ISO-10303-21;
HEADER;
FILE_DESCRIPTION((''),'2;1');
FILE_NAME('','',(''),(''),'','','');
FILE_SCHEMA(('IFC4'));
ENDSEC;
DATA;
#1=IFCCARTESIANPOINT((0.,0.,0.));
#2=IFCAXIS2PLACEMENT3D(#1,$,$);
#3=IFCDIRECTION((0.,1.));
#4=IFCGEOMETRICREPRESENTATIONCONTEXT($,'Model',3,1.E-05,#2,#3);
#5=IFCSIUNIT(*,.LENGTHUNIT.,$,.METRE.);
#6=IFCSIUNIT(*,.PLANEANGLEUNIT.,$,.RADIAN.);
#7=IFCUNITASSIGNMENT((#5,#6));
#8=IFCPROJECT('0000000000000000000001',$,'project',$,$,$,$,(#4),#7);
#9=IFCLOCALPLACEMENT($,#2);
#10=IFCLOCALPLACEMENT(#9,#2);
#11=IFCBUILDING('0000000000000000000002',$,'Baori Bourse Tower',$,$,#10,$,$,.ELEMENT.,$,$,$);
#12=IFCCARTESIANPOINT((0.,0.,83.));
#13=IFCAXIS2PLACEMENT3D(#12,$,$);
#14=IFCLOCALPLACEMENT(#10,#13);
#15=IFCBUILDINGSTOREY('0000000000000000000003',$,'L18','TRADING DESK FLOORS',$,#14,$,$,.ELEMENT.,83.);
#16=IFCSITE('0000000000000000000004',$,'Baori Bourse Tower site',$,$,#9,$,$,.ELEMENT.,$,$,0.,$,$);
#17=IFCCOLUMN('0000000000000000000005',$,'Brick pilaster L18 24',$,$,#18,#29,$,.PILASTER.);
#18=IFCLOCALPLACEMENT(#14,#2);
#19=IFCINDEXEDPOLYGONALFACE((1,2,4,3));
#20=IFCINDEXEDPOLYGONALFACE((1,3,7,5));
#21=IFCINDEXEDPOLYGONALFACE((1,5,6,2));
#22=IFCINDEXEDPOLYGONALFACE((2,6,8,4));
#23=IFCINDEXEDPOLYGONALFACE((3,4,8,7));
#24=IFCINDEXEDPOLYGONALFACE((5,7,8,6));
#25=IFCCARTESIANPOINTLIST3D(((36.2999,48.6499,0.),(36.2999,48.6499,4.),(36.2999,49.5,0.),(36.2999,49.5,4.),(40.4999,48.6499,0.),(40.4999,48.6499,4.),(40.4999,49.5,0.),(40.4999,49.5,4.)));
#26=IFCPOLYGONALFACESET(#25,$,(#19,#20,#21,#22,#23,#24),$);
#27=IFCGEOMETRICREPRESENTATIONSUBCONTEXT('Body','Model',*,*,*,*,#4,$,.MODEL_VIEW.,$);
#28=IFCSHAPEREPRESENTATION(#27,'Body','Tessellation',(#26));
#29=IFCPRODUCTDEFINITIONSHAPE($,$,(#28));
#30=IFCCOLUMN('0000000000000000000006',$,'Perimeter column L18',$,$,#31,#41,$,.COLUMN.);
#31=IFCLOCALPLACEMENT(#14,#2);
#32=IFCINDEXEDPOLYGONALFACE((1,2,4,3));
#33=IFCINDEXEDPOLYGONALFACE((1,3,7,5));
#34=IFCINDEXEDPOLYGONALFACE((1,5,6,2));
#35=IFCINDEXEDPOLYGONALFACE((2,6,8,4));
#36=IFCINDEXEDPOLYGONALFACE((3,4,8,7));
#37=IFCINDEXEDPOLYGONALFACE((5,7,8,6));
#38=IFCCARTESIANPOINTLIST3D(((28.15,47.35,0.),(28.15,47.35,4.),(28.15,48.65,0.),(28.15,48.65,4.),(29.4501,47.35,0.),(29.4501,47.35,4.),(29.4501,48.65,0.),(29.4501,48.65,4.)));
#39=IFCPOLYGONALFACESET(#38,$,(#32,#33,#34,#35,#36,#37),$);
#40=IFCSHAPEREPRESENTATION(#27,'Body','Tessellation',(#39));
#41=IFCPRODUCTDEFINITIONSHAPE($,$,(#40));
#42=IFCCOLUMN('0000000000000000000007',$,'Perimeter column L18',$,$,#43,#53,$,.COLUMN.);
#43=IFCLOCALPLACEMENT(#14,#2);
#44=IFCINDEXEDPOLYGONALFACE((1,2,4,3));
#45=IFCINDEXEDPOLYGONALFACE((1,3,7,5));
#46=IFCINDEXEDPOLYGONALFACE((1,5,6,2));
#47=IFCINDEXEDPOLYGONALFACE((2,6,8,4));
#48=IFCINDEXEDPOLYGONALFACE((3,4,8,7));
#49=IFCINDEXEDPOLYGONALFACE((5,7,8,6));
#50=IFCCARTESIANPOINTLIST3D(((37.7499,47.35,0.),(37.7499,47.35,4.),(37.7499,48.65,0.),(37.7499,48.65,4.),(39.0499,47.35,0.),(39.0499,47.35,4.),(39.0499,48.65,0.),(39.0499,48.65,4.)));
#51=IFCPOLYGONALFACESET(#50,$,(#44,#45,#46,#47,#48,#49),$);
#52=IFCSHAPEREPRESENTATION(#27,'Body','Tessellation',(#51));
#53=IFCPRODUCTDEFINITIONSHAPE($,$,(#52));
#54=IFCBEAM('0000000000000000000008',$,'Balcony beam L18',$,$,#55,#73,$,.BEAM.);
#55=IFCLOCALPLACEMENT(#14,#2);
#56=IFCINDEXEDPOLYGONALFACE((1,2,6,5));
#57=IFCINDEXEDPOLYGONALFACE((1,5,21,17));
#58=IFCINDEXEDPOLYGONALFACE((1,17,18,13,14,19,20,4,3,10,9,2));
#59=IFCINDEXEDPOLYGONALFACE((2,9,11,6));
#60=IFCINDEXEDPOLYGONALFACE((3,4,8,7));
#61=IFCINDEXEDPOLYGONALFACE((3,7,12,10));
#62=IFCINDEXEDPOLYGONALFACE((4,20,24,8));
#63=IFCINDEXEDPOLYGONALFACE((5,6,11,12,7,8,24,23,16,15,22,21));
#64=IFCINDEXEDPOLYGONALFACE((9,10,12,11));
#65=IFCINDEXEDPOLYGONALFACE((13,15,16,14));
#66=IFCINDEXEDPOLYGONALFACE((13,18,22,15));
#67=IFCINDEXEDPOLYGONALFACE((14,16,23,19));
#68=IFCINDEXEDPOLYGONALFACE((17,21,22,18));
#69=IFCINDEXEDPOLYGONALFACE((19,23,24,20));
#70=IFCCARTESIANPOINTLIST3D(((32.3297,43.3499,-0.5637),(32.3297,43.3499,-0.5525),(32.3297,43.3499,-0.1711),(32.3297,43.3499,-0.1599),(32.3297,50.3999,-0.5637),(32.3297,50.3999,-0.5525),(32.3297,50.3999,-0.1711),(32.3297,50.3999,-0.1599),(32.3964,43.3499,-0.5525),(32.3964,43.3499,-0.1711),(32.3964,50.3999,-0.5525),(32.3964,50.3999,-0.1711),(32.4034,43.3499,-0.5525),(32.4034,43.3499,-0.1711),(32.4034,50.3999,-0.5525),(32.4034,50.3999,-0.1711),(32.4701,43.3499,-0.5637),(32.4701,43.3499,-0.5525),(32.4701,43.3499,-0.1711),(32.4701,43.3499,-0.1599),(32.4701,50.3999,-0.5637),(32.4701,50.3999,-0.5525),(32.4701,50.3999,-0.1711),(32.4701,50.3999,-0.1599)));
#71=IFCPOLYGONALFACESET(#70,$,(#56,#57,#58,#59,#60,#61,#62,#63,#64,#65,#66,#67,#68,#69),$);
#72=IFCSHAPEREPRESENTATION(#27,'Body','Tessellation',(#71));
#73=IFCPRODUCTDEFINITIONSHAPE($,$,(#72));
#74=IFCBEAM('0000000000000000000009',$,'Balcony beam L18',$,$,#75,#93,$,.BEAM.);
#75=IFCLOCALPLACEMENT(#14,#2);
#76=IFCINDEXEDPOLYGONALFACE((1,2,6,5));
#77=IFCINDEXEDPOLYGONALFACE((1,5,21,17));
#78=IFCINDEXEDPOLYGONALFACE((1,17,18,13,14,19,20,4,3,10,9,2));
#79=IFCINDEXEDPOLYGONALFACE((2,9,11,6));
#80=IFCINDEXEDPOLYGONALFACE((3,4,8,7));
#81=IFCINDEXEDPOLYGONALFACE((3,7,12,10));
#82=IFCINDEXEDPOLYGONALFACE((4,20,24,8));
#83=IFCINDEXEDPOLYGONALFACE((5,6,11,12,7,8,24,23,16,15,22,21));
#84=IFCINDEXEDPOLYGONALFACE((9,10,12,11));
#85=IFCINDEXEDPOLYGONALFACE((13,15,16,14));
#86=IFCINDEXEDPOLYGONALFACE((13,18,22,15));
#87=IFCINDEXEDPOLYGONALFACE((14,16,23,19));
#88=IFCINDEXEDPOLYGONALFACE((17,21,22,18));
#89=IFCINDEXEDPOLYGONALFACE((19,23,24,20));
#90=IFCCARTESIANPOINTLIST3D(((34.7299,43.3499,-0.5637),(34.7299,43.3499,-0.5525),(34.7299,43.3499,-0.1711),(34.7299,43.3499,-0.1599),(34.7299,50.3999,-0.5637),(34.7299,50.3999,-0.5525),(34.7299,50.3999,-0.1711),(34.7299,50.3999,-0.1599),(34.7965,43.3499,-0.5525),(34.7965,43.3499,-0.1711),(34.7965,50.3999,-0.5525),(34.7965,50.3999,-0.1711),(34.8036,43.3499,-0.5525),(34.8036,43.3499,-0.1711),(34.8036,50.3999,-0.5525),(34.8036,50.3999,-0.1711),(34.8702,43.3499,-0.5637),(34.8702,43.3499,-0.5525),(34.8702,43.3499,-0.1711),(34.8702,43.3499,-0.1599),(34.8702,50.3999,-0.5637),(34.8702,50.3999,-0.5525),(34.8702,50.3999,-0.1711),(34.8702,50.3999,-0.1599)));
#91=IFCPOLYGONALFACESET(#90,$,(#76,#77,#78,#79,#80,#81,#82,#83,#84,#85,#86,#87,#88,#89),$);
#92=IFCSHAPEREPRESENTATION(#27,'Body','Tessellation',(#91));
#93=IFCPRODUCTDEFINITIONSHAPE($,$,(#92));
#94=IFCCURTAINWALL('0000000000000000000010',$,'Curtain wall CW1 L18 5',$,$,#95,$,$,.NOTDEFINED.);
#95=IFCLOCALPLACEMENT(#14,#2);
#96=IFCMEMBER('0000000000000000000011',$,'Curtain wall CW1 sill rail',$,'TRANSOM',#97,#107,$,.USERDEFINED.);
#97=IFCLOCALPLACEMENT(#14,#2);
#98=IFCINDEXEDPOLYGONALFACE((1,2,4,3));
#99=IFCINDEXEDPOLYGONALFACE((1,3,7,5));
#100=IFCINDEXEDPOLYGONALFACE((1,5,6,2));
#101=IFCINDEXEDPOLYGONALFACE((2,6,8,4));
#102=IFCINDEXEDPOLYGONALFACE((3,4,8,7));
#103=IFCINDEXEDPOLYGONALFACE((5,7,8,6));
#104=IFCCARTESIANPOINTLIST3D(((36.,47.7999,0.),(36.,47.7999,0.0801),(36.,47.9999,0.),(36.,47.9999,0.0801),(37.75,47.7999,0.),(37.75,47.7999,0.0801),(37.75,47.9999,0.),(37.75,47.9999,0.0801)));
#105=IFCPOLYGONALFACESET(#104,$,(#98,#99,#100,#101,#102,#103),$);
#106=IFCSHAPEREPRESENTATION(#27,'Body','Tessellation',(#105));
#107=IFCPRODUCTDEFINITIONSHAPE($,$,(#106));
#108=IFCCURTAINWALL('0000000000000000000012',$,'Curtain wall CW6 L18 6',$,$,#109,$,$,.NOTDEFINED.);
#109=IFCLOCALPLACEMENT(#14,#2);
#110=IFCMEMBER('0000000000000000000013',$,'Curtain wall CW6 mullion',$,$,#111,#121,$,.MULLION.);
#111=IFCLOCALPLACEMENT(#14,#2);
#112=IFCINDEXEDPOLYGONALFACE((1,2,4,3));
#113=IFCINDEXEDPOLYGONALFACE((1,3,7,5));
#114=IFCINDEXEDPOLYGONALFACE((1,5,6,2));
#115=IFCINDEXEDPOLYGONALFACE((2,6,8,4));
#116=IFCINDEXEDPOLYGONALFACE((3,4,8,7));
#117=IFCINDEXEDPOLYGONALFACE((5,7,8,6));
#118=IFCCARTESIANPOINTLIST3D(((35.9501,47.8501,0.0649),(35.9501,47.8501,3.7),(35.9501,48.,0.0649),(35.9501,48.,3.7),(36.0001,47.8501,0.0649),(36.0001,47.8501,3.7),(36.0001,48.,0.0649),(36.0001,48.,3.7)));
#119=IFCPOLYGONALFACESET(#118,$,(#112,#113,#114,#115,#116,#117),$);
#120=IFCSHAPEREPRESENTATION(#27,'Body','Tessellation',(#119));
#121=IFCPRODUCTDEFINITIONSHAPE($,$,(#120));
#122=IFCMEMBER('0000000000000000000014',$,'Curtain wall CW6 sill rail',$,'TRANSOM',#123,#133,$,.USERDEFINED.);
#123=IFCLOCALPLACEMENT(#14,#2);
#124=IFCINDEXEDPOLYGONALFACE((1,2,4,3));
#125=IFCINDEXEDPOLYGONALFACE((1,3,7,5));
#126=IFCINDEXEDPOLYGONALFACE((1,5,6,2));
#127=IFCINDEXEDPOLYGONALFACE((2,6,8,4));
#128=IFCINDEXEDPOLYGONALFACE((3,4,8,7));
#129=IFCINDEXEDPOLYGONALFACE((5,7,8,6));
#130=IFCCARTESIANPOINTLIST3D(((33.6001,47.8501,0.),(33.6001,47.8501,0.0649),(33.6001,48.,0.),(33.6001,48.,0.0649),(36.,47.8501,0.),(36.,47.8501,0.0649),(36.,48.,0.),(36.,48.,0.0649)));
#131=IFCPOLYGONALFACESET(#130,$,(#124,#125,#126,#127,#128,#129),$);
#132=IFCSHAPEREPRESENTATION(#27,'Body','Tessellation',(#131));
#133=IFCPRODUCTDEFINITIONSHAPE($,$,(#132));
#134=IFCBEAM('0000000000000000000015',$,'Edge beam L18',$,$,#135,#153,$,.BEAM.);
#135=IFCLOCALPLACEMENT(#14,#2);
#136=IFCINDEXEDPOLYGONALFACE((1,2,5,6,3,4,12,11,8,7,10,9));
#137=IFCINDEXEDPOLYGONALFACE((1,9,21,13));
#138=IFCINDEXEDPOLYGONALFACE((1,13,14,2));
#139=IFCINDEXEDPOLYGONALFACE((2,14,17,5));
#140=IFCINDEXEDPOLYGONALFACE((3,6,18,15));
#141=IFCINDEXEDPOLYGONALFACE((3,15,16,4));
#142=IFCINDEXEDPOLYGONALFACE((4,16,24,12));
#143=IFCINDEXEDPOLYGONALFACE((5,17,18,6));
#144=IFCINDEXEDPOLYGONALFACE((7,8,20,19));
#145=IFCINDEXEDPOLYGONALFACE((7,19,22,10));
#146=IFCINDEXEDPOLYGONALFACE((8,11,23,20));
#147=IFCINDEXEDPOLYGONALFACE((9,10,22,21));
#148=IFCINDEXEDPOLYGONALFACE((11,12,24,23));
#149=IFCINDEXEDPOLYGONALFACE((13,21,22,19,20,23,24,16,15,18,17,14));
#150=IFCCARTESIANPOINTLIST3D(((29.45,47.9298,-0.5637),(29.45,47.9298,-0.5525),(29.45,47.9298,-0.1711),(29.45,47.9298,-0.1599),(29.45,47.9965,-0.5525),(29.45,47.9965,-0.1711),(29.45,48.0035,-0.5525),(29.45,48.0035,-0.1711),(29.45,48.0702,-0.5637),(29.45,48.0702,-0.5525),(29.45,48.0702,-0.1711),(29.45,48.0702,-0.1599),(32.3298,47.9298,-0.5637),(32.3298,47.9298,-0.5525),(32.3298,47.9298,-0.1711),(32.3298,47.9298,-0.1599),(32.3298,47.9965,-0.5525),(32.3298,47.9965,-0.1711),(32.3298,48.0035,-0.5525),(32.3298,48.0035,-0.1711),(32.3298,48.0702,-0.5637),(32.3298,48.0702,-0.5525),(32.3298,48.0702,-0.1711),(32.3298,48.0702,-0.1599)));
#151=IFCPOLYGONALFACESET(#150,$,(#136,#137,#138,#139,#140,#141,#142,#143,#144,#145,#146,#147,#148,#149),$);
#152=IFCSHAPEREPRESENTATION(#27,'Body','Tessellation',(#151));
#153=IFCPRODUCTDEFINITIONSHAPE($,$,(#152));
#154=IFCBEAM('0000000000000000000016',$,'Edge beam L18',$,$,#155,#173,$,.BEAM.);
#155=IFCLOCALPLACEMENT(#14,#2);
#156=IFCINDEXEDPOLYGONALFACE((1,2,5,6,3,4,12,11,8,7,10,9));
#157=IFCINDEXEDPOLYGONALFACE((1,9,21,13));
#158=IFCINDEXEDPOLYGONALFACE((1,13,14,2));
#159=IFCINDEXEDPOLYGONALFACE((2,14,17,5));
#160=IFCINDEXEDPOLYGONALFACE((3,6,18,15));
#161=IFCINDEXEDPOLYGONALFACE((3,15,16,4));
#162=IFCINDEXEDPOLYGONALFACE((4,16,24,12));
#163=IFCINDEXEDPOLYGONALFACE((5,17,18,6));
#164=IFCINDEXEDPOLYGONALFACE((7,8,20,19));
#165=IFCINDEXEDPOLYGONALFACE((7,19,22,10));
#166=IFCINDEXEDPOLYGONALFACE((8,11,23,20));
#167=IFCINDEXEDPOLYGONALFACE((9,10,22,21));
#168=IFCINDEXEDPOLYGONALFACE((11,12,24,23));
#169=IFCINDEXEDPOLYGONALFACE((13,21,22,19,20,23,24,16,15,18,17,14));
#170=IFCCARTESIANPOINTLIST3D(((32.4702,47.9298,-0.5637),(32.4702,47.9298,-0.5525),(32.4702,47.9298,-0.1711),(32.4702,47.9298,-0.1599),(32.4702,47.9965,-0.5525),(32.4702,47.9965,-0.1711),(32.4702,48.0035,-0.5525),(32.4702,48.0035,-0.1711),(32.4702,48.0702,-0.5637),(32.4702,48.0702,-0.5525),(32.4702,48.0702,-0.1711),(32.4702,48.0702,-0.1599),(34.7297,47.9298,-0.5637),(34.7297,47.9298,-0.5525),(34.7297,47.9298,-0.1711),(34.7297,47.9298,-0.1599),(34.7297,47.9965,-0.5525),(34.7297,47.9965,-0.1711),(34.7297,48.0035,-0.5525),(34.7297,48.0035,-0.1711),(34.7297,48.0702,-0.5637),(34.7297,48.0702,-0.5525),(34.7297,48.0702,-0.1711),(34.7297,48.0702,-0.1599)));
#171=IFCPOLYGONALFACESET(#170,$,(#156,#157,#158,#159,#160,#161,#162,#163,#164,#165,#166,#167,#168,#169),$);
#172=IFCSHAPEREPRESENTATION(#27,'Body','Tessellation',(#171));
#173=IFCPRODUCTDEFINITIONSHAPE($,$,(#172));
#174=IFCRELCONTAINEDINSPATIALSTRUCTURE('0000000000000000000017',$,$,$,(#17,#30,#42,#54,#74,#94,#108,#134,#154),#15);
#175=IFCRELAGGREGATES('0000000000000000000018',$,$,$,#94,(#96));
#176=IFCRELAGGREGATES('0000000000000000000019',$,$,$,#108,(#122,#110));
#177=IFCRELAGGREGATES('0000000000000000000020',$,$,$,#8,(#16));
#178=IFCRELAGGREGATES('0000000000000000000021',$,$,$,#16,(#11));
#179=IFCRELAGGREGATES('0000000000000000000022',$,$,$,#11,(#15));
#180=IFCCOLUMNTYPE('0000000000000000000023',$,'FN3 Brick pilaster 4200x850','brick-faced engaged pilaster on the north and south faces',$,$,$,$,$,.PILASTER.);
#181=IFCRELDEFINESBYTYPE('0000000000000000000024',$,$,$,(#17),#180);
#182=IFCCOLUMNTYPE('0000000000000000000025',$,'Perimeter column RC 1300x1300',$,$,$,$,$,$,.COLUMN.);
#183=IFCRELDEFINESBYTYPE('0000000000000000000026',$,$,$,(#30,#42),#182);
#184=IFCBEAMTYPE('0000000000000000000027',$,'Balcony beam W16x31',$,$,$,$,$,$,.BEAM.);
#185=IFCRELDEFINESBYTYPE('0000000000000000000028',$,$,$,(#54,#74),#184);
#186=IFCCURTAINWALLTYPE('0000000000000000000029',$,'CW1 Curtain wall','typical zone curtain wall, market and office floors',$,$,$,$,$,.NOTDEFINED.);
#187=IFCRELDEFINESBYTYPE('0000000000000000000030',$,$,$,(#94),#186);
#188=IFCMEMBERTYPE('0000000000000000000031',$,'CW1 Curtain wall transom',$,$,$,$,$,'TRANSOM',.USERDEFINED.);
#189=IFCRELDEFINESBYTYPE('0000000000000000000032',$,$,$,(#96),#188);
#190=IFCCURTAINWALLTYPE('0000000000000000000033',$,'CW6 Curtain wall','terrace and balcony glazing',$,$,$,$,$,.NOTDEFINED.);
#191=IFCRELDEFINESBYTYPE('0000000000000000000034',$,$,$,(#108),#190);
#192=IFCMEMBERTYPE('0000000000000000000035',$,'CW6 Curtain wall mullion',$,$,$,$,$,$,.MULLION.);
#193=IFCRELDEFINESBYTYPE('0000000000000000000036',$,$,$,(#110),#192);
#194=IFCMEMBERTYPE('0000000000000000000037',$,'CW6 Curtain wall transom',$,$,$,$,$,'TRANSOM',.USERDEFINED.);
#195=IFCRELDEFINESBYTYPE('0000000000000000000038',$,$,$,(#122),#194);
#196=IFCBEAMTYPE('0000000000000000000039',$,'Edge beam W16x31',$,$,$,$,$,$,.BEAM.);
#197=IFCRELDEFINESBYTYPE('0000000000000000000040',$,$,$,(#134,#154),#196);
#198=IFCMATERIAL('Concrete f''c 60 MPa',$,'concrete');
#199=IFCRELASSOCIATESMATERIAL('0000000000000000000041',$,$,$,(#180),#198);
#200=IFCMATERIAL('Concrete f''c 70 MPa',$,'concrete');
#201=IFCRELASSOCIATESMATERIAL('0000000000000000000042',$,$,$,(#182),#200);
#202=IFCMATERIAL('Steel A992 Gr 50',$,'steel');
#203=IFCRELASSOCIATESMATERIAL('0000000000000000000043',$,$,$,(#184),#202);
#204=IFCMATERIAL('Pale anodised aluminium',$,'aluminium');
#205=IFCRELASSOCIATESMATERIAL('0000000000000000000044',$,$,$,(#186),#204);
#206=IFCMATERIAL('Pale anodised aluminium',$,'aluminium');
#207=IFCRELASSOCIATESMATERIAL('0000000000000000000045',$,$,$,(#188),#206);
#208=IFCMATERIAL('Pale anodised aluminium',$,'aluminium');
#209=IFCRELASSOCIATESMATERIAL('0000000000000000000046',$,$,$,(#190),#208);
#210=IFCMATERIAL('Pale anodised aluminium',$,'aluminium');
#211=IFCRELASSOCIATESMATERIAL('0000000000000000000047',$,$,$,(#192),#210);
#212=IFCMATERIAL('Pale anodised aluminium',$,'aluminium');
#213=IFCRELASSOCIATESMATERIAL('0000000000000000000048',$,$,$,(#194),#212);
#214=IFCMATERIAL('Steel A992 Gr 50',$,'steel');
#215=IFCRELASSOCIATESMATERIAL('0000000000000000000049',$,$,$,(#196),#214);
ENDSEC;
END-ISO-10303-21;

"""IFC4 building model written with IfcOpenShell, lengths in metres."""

from ifc_helpers import new_model, si_unit, direction, frame, origin, origin_2d, place, context, subcontext, project, spatial, rectangle, i_section, extrude, material, material_profile, profile_set, type_object, element, aggregate, save


model = new_model("IFC4")

# Units and contexts
model_context = context("Model", 3, precision=1e-05, world=origin(), true_north=direction((0.0, 1.0)))
body_context = subcontext(model_context, "Body", "Model", "MODEL_VIEW")
ifc_project = project(units=[si_unit("LENGTHUNIT", "METRE"), si_unit("PLANEANGLEUNIT", "RADIAN")], contexts=[model_context])

# Site, building, storey
site_placement = place(None, origin())
site = spatial("IfcSite", under=ifc_project, at=site_placement, Name="Baori Bourse Tower site", CompositionType="ELEMENT", RefElevation=0.0)
building_placement = place(site_placement, origin())
building = spatial("IfcBuilding", under=site, at=building_placement, Name="Baori Bourse Tower", CompositionType="ELEMENT")
storey_placement = place(building_placement, frame((0.0, 0.0, 83.0)))
storey = spatial("IfcBuildingStorey", under=building, at=storey_placement, Name="L18", Description="TRADING DESK FLOORS", CompositionType="ELEMENT", Elevation=83.0)

# Columns
ifc_material_1 = material(Name="Concrete f'c 60 MPa", Category="concrete")
ifc_material_profile_1 = material_profile(ifc_material_1, rectangle(XDim=4.2, YDim=0.8501, at=origin_2d()), Name="RC 4200x850")
ifc_profile_set_1 = profile_set([ifc_material_profile_1], Name="Concrete f'c 60 MPa")
column_type_1 = type_object("IfcColumnType", Name="FN3 Brick pilaster 4200x850", Description="brick-faced engaged pilaster on the north and south faces", PredefinedType="PILASTER", material=ifc_profile_set_1)
column_placement = place(storey_placement, frame((38.3999, 49.075, 0.0), z_axis=(0.0, 0.0, 1.0), x_axis=(1.0, 0.0, 0.0)))
element("IfcColumn", 1, at=column_placement, inside=storey, type_object=column_type_1, Name="Brick pilaster L18 24", PredefinedType="PILASTER", context=body_context, shape_type="SweptSolid", body=[
    extrude(rectangle(XDim=4.2, YDim=0.8501, at=origin_2d()), origin(), (0.0, 0.0, 1.0), 4.0),
])
ifc_material_2 = material(Name="Concrete f'c 70 MPa", Category="concrete")
ifc_material_profile_2 = material_profile(ifc_material_2, rectangle(XDim=1.3, YDim=1.3, at=origin_2d()), Name="RC 1300x1300")
ifc_profile_set_2 = profile_set([ifc_material_profile_2], Name="Concrete f'c 70 MPa")
column_type_2 = type_object("IfcColumnType", Name="Perimeter column RC 1300x1300", PredefinedType="COLUMN", material=ifc_profile_set_2)
for number, where, z_axis, x_axis, name in (
    (2, (28.8, 48.0, 0.0), (0.0, 0.0, 1.0), (1.0, 0.0, 0.0), "Perimeter column L18"),
    (3, (38.3999, 48.0, 0.0), (0.0, 0.0, 1.0), (1.0, 0.0, 0.0), "Perimeter column L18"),
):
    element("IfcColumn", number, at=place(storey_placement, frame(where, z_axis=z_axis, x_axis=x_axis)), inside=storey, type_object=column_type_2, Name=name, PredefinedType="COLUMN", context=body_context, shape_type="SweptSolid", body=[
        extrude(rectangle(XDim=1.3, YDim=1.3, at=origin_2d()), origin(), (0.0, 0.0, 1.0), 4.0),
    ])

# Beams
ifc_material_3 = material(Name="Steel A992 Gr 50", Category="steel")
ifc_material_profile_3 = material_profile(ifc_material_3, i_section(OverallWidth=0.1404, OverallDepth=0.4038, WebThickness=0.0071, FlangeThickness=0.0112, at=origin_2d()), Name="W16x31")
ifc_profile_set_3 = profile_set([ifc_material_profile_3], Name="Steel A992 Gr 50")
beam_type_1 = type_object("IfcBeamType", Name="Balcony beam W16x31", PredefinedType="BEAM", material=ifc_profile_set_3)
for number, where, z_axis, x_axis, name in (
    (4, (32.3999, 50.3999, -0.3618), (0.0, -1.0, 0.0), (1.0, 0.0, 0.0), "Balcony beam L18"),
    (5, (34.8, 50.3999, -0.3618), (0.0, -1.0, 0.0), (1.0, 0.0, 0.0), "Balcony beam L18"),
):
    element("IfcBeam", number, at=place(storey_placement, frame(where, z_axis=z_axis, x_axis=x_axis)), inside=storey, type_object=beam_type_1, Name=name, PredefinedType="BEAM", context=body_context, shape_type="SweptSolid", body=[
        extrude(i_section(OverallWidth=0.1404, OverallDepth=0.4038, WebThickness=0.0071, FlangeThickness=0.0112, at=origin_2d()), origin(), (0.0, 0.0, 1.0), 7.05),
    ])

# Curtain wall, member
ifc_material_4 = material(Name="Pale anodised aluminium", Category="aluminium")
curtain_wall_type_1 = type_object("IfcCurtainWallType", Name="CW1 Curtain wall", Description="typical zone curtain wall, market and office floors", PredefinedType="NOTDEFINED", material=ifc_material_4)
curtain_wall_1_placement = place(storey_placement, origin())
curtain_wall_1 = element("IfcCurtainWall", 6, at=curtain_wall_1_placement, inside=storey, type_object=curtain_wall_type_1, Name="Curtain wall CW1 L18 5", PredefinedType="NOTDEFINED")
ifc_material_5 = material(Name="Pale anodised aluminium", Category="aluminium")
ifc_material_profile_4 = material_profile(ifc_material_5, rectangle(XDim=0.2, YDim=0.0801, at=origin_2d()), Name="Transom 80x200")
ifc_profile_set_4 = profile_set([ifc_material_profile_4], Name="Pale anodised aluminium")
member_type_1 = type_object("IfcMemberType", Name="CW1 Curtain wall transom", ElementType="TRANSOM", PredefinedType="USERDEFINED", material=ifc_profile_set_4)
member_1_placement = place(storey_placement, frame((37.75, 47.8999, 0.04), z_axis=(-1.0, 0.0, 0.0), x_axis=(0.0, -1.0, 0.0)))
member_1 = element("IfcMember", 7, at=member_1_placement, type_object=member_type_1, Name="Curtain wall CW1 sill rail", ObjectType="TRANSOM", PredefinedType="USERDEFINED", context=body_context, shape_type="SweptSolid", body=[
    extrude(rectangle(XDim=0.2, YDim=0.0801, at=origin_2d()), origin(), (0.0, 0.0, 1.0), 1.75),
])

# Curtain wall, members
ifc_material_6 = material(Name="Pale anodised aluminium", Category="aluminium")
curtain_wall_type_2 = type_object("IfcCurtainWallType", Name="CW6 Curtain wall", Description="terrace and balcony glazing", PredefinedType="NOTDEFINED", material=ifc_material_6)
curtain_wall_2_placement = place(storey_placement, origin())
curtain_wall_2 = element("IfcCurtainWall", 8, at=curtain_wall_2_placement, inside=storey, type_object=curtain_wall_type_2, Name="Curtain wall CW6 L18 6", PredefinedType="NOTDEFINED")
ifc_material_7 = material(Name="Pale anodised aluminium", Category="aluminium")
ifc_material_profile_5 = material_profile(ifc_material_7, rectangle(XDim=0.1499, YDim=0.05, at=origin_2d()), Name="Mullion 50x150")
ifc_profile_set_5 = profile_set([ifc_material_profile_5], Name="Pale anodised aluminium")
member_type_2 = type_object("IfcMemberType", Name="CW6 Curtain wall mullion", PredefinedType="MULLION", material=ifc_profile_set_5)
member_2_placement = place(storey_placement, frame((35.9751, 47.925, 0.0649), z_axis=(0.0, 0.0, 1.0), x_axis=(0.0, -1.0, 0.0)))
member_2 = element("IfcMember", 9, at=member_2_placement, type_object=member_type_2, Name="Curtain wall CW6 mullion", PredefinedType="MULLION", context=body_context, shape_type="SweptSolid", body=[
    extrude(rectangle(XDim=0.1499, YDim=0.05, at=origin_2d()), origin(), (0.0, 0.0, 1.0), 3.635),
])
ifc_material_8 = material(Name="Pale anodised aluminium", Category="aluminium")
ifc_material_profile_6 = material_profile(ifc_material_8, rectangle(XDim=0.1499, YDim=0.0649, at=origin_2d()), Name="Transom 65x150")
ifc_profile_set_6 = profile_set([ifc_material_profile_6], Name="Pale anodised aluminium")
member_type_3 = type_object("IfcMemberType", Name="CW6 Curtain wall transom", ElementType="TRANSOM", PredefinedType="USERDEFINED", material=ifc_profile_set_6)
member_3_placement = place(storey_placement, frame((36.0, 47.925, 0.0325), z_axis=(-1.0, 0.0, 0.0), x_axis=(0.0, -1.0, 0.0)))
member_3 = element("IfcMember", 10, at=member_3_placement, type_object=member_type_3, Name="Curtain wall CW6 sill rail", ObjectType="TRANSOM", PredefinedType="USERDEFINED", context=body_context, shape_type="SweptSolid", body=[
    extrude(rectangle(XDim=0.1499, YDim=0.0649, at=origin_2d()), origin(), (0.0, 0.0, 1.0), 2.3999),
])

# Beams
ifc_material_9 = material(Name="Steel A992 Gr 50", Category="steel")
ifc_material_profile_7 = material_profile(ifc_material_9, i_section(OverallWidth=0.1404, OverallDepth=0.4038, WebThickness=0.0071, FlangeThickness=0.0112, at=origin_2d()), Name="W16x31")
ifc_profile_set_7 = profile_set([ifc_material_profile_7], Name="Steel A992 Gr 50")
beam_type_2 = type_object("IfcBeamType", Name="Edge beam W16x31", PredefinedType="BEAM", material=ifc_profile_set_7)
beam_1_placement = place(storey_placement, frame((29.45, 48.0, -0.3618), z_axis=(1.0, 0.0, 0.0), x_axis=(0.0, 1.0, 0.0)))
element("IfcBeam", 11, at=beam_1_placement, inside=storey, type_object=beam_type_2, Name="Edge beam L18", PredefinedType="BEAM", context=body_context, shape_type="SweptSolid", body=[
    extrude(i_section(OverallWidth=0.1404, OverallDepth=0.4038, WebThickness=0.0071, FlangeThickness=0.0112, at=origin_2d()), origin(), (0.0, 0.0, 1.0), 2.8799),
])
beam_2_placement = place(storey_placement, frame((32.4702, 48.0, -0.3618), z_axis=(1.0, 0.0, 0.0), x_axis=(0.0, 1.0, 0.0)))
element("IfcBeam", 12, at=beam_2_placement, inside=storey, type_object=beam_type_2, Name="Edge beam L18", PredefinedType="BEAM", context=body_context, shape_type="SweptSolid", body=[
    extrude(i_section(OverallWidth=0.1404, OverallDepth=0.4038, WebThickness=0.0071, FlangeThickness=0.0112, at=origin_2d()), origin(), (0.0, 0.0, 1.0), 2.2595),
])

aggregate(curtain_wall_1, [member_1])
aggregate(curtain_wall_2, [member_3, member_2])

save(model, "model.ifc")
